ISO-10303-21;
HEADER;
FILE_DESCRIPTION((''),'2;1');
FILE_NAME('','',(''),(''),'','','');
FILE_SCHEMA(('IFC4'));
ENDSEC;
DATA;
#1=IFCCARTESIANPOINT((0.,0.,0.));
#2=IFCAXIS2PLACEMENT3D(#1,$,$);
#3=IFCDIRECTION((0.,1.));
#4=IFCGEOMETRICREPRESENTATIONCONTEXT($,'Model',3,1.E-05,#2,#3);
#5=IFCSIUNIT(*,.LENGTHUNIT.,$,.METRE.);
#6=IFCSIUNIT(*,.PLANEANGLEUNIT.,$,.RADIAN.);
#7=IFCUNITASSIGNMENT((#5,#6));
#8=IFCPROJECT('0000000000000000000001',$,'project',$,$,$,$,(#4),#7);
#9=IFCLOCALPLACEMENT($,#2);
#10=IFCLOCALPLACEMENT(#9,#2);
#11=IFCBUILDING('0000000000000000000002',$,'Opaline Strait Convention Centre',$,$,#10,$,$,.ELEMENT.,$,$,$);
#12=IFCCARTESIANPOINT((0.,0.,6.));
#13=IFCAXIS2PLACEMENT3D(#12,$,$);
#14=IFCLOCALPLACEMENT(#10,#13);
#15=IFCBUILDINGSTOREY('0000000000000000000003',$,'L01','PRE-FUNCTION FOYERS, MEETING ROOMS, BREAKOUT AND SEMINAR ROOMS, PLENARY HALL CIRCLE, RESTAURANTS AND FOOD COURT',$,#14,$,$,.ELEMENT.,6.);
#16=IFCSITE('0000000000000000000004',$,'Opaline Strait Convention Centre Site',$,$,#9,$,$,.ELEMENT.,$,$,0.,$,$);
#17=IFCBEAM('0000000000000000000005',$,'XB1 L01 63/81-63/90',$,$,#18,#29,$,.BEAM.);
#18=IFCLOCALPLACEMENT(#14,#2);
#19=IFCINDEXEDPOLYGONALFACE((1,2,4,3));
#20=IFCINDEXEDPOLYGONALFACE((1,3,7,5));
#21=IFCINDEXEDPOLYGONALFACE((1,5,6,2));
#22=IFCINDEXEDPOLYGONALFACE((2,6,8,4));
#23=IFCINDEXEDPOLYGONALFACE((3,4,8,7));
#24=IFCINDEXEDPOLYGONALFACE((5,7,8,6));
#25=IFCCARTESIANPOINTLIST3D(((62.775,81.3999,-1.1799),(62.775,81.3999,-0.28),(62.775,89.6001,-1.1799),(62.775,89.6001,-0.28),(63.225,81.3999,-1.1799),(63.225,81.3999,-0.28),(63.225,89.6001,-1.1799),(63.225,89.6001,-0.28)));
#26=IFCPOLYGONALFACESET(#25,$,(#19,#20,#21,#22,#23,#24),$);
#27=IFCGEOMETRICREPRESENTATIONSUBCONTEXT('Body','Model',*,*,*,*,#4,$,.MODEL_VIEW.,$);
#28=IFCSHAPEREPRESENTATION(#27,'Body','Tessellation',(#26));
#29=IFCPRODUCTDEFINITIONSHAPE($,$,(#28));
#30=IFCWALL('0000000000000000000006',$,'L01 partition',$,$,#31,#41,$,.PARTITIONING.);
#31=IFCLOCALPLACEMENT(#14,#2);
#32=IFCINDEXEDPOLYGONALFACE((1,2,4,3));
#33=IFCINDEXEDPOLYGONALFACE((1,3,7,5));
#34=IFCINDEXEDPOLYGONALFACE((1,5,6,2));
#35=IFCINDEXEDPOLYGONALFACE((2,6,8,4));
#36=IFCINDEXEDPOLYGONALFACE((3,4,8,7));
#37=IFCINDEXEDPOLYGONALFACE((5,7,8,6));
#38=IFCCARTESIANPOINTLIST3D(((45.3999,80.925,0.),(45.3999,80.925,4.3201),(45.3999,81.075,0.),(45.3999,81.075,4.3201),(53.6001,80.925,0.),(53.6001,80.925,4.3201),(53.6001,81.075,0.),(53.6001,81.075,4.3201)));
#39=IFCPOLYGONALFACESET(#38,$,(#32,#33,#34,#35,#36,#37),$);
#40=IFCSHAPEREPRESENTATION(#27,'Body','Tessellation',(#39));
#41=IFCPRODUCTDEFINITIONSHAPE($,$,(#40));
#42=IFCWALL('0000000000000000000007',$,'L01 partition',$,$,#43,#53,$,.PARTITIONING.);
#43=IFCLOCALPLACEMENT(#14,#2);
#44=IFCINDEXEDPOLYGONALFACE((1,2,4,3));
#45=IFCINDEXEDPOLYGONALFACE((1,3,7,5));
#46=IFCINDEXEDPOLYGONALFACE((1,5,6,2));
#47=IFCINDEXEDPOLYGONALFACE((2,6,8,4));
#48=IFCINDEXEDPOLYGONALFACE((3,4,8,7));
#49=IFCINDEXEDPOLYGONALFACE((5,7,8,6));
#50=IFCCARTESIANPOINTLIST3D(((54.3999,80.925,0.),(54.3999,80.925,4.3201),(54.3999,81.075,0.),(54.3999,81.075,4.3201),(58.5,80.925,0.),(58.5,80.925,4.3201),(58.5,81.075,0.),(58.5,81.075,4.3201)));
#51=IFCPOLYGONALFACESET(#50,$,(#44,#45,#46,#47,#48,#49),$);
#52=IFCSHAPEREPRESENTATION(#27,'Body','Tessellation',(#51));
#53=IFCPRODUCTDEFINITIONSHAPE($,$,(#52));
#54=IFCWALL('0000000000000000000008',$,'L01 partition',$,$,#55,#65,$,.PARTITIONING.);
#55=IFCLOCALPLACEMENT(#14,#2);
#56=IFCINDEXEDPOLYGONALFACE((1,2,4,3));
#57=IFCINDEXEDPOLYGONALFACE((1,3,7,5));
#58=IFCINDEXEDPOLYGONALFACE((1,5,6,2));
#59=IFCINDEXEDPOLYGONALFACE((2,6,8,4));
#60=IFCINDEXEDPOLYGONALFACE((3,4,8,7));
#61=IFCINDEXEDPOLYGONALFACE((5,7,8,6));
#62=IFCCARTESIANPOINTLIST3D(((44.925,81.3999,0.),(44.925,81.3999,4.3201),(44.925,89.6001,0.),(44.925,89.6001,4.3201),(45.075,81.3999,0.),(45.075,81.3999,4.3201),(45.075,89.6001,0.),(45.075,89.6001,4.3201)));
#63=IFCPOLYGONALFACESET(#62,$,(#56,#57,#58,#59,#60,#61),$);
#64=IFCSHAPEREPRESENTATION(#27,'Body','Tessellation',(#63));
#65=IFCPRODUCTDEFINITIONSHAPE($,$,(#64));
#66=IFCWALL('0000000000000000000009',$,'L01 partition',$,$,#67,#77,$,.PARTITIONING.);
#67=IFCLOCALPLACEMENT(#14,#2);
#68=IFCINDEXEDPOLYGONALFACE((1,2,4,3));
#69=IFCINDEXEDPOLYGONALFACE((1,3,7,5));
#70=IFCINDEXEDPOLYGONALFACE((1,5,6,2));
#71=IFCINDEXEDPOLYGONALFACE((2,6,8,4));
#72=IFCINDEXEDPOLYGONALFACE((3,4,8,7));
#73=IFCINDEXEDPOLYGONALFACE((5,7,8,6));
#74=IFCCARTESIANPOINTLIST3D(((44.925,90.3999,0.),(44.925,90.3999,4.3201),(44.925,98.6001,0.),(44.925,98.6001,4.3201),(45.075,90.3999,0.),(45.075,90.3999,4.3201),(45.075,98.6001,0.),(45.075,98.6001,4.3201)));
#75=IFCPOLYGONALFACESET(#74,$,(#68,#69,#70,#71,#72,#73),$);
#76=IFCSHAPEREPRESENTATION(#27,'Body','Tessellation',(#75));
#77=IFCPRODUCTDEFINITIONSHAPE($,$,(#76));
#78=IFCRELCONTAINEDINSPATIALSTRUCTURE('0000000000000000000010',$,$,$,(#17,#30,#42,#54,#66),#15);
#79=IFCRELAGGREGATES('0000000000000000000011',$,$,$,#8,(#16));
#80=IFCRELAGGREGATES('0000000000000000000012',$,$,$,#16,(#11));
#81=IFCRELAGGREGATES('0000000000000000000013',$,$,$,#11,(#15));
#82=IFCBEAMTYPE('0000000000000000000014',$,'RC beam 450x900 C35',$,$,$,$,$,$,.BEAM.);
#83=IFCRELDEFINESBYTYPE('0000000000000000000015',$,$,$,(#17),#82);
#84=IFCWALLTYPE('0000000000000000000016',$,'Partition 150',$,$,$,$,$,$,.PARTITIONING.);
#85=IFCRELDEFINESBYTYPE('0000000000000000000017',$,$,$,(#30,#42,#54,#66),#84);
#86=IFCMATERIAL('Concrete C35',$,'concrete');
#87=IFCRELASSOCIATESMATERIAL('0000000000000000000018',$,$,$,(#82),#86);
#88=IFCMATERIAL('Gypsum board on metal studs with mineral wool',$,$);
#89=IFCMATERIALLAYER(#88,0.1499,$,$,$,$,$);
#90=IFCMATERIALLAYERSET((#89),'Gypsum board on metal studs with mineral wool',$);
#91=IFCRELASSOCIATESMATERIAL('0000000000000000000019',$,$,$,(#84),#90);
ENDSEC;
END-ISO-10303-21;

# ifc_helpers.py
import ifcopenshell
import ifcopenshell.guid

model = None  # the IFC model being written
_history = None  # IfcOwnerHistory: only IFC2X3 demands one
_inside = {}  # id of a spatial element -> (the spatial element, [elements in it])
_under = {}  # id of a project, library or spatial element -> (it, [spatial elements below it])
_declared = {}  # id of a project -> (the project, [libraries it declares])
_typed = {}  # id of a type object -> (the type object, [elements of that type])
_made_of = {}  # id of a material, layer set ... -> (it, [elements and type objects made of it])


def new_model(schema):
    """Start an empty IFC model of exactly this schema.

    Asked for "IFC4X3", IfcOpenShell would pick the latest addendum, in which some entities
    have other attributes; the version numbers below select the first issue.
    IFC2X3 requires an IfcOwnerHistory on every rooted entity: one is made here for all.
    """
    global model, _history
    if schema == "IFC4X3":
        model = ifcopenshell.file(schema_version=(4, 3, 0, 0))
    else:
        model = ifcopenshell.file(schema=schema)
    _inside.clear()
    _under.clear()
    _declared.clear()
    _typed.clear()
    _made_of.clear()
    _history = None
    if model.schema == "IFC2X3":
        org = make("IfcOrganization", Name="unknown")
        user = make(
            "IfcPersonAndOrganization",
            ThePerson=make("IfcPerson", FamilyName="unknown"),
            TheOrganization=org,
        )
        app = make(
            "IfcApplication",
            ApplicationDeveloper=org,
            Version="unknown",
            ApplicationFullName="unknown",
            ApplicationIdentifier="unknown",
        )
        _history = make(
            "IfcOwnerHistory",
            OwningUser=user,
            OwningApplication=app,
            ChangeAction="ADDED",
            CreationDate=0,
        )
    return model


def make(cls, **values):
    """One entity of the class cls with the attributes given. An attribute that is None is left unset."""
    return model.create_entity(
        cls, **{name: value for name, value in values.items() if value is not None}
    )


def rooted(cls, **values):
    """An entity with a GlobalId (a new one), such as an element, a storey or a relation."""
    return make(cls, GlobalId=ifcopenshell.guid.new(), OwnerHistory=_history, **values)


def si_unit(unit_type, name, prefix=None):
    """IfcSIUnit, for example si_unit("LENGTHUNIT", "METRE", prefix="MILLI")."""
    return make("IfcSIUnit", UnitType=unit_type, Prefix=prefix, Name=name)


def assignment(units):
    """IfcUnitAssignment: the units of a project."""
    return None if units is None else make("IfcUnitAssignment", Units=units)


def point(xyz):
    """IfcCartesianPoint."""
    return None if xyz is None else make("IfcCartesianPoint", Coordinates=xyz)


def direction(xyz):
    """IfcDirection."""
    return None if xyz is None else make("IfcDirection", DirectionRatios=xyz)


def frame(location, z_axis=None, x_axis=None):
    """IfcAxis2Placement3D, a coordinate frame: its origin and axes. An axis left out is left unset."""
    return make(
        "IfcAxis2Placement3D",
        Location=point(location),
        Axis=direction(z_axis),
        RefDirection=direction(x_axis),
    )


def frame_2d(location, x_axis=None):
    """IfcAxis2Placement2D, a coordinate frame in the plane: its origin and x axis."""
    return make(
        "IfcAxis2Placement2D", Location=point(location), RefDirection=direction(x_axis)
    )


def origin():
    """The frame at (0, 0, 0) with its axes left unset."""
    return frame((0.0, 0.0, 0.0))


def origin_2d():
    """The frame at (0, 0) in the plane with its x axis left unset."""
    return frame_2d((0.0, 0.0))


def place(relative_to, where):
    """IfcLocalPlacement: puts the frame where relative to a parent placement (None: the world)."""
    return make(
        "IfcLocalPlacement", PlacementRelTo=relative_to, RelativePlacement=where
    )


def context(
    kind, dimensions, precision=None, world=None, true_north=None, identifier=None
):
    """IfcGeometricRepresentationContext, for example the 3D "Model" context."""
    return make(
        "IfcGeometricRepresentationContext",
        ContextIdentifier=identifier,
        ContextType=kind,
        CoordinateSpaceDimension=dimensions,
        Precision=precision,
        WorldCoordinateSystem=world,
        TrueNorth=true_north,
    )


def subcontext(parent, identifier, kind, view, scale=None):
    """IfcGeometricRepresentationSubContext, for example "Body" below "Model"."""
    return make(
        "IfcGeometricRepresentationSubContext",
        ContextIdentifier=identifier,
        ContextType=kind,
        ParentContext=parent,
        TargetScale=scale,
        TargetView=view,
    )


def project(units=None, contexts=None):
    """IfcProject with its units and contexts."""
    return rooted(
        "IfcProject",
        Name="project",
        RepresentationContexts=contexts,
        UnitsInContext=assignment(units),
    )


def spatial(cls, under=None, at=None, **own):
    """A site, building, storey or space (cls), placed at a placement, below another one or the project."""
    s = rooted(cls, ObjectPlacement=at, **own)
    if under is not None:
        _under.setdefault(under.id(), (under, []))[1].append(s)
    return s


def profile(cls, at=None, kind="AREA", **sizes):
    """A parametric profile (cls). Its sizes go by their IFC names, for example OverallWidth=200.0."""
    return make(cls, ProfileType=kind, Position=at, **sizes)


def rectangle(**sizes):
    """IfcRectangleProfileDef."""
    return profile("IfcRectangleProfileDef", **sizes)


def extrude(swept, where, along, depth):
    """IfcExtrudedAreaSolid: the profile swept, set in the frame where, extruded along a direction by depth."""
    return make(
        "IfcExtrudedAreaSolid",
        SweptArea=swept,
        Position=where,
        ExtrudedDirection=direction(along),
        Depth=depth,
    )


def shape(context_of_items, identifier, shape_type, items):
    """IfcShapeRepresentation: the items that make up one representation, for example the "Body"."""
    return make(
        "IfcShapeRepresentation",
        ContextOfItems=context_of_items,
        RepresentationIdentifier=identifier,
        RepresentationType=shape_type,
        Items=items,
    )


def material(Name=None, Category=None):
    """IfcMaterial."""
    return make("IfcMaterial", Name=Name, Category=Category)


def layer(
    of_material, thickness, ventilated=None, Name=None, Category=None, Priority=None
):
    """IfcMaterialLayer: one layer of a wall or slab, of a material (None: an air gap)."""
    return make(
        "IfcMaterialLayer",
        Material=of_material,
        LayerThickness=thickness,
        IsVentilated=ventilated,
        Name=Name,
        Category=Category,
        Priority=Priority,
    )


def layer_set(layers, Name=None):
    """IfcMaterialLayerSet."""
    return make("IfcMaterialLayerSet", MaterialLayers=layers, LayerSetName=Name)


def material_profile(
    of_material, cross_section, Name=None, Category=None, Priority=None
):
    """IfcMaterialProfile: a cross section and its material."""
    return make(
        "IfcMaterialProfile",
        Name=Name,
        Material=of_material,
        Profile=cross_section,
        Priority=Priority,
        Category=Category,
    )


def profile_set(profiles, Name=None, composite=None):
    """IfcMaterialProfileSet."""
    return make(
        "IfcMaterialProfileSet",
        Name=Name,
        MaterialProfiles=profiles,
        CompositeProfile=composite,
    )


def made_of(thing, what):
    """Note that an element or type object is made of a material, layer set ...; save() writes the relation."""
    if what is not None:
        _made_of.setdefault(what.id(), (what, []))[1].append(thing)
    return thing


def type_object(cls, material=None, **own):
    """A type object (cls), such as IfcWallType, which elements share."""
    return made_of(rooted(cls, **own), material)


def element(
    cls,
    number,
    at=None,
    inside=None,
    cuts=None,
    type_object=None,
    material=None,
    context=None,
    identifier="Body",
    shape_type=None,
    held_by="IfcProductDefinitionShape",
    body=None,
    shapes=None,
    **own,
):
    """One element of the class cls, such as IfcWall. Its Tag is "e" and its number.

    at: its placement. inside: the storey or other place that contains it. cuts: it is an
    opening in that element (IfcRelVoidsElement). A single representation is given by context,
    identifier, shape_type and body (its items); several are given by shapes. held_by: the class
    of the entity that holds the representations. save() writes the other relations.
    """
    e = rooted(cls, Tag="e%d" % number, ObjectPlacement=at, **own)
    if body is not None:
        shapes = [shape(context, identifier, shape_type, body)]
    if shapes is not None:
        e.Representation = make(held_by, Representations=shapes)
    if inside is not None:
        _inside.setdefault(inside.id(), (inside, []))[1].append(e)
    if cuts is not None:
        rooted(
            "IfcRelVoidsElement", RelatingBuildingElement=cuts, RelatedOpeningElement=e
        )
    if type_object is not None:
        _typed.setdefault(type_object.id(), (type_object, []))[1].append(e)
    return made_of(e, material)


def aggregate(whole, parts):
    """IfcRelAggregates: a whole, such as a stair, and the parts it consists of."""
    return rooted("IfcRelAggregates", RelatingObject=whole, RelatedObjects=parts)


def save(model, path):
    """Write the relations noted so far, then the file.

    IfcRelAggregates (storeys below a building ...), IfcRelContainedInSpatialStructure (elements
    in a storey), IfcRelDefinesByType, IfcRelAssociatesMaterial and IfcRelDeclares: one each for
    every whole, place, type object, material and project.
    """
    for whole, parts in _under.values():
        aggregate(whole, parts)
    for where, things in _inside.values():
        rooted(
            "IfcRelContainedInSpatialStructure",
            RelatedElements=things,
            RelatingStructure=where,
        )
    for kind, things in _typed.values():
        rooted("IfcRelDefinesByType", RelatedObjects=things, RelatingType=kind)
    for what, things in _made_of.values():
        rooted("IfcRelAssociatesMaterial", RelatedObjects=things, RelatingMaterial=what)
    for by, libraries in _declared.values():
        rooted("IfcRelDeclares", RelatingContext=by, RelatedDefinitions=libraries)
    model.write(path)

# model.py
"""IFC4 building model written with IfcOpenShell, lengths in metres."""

from ifc_helpers import new_model, si_unit, direction, frame, frame_2d, origin, origin_2d, place, context, subcontext, project, spatial, rectangle, extrude, material, layer, layer_set, material_profile, profile_set, type_object, element, save


model = new_model("IFC4")

# Units and contexts
model_context = context("Model", 3, precision=1e-05, world=origin(), true_north=direction((0.0, 1.0)))
body_context = subcontext(model_context, "Body", "Model", "MODEL_VIEW")
ifc_project = project(units=[si_unit("LENGTHUNIT", "METRE"), si_unit("PLANEANGLEUNIT", "RADIAN")], contexts=[model_context])

# Site, building, storey
site_placement = place(None, origin())
site = spatial("IfcSite", under=ifc_project, at=site_placement, Name="Opaline Strait Convention Centre Site", CompositionType="ELEMENT", RefElevation=0.0)
building_placement = place(site_placement, origin())
building = spatial("IfcBuilding", under=site, at=building_placement, Name="Opaline Strait Convention Centre", CompositionType="ELEMENT")
storey_placement = place(building_placement, frame((0.0, 0.0, 6.0)))
storey = spatial("IfcBuildingStorey", under=building, at=storey_placement, Name="L01", Description="PRE-FUNCTION FOYERS, MEETING ROOMS, BREAKOUT AND SEMINAR ROOMS, PLENARY HALL CIRCLE, RESTAURANTS AND FOOD COURT", CompositionType="ELEMENT", Elevation=6.0)

# Beam
ifc_material_1 = material(Name="Concrete C35", Category="concrete")
ifc_material_profile_1 = material_profile(ifc_material_1, rectangle(XDim=0.45, YDim=0.8999, at=origin_2d()), Name="RC 450x900")
ifc_profile_set_1 = profile_set([ifc_material_profile_1], Name="Concrete C35")
beam_type = type_object("IfcBeamType", Name="RC beam 450x900 C35", PredefinedType="BEAM", material=ifc_profile_set_1)
for number, where, z_axis, x_axis, name in (
    (1, (63.0, 81.3999, -0.73), (0.0, 1.0, 0.0), (-1.0, 0.0, 0.0), "XB1 L01 63/81-63/90"),
):
    element("IfcBeam", number, at=place(storey_placement, frame(where, z_axis=z_axis, x_axis=x_axis)), inside=storey, type_object=beam_type, Name=name, PredefinedType="BEAM", context=body_context, shape_type="SweptSolid", body=[
        extrude(rectangle(XDim=0.45, YDim=0.8999, at=origin_2d()), origin(), (0.0, 0.0, 1.0), 8.2002),
    ])

# Walls
ifc_material_2 = material(Name="Gypsum board on metal studs with mineral wool")
ifc_layer_1 = layer(ifc_material_2, 0.1499)
ifc_layer_set_1 = layer_set([ifc_layer_1], Name="Gypsum board on metal studs with mineral wool")
wall_type_1 = type_object("IfcWallType", Name="Partition 150", PredefinedType="PARTITIONING", material=ifc_layer_set_1)
wall_1_placement = place(storey_placement, frame((45.3999, 81.0, 0.0), z_axis=(0.0, 0.0, 1.0), x_axis=(1.0, 0.0, 0.0)))
element("IfcWall", 2, at=wall_1_placement, inside=storey, type_object=wall_type_1, Name="L01 partition", PredefinedType="PARTITIONING", context=body_context, shape_type="SweptSolid", body=[
    extrude(rectangle(XDim=8.2002, YDim=0.1499, at=frame_2d((4.1001, 0.0))), origin(), (0.0, 0.0, 1.0), 4.3201),
])
wall_2_placement = place(storey_placement, frame((54.3999, 81.0, 0.0), z_axis=(0.0, 0.0, 1.0), x_axis=(1.0, 0.0, 0.0)))
element("IfcWall", 3, at=wall_2_placement, inside=storey, type_object=wall_type_1, Name="L01 partition", PredefinedType="PARTITIONING", context=body_context, shape_type="SweptSolid", body=[
    extrude(rectangle(XDim=4.1001, YDim=0.1499, at=frame_2d((2.05, 0.0))), origin(), (0.0, 0.0, 1.0), 4.3201),
])
for number, where, z_axis, x_axis, name in (
    (4, (45.0, 81.3999, 0.0), (0.0, 0.0, 1.0), (0.0, 1.0, 0.0), "L01 partition"),
    (5, (45.0, 90.3999, 0.0), (0.0, 0.0, 1.0), (0.0, 1.0, 0.0), "L01 partition"),
):
    element("IfcWall", number, at=place(storey_placement, frame(where, z_axis=z_axis, x_axis=x_axis)), inside=storey, type_object=wall_type_1, Name=name, PredefinedType="PARTITIONING", context=body_context, shape_type="SweptSolid", body=[
        extrude(rectangle(XDim=8.2002, YDim=0.1499, at=frame_2d((4.1001, 0.0))), origin(), (0.0, 0.0, 1.0), 4.3201),
    ])

save(model, "model.ifc")
